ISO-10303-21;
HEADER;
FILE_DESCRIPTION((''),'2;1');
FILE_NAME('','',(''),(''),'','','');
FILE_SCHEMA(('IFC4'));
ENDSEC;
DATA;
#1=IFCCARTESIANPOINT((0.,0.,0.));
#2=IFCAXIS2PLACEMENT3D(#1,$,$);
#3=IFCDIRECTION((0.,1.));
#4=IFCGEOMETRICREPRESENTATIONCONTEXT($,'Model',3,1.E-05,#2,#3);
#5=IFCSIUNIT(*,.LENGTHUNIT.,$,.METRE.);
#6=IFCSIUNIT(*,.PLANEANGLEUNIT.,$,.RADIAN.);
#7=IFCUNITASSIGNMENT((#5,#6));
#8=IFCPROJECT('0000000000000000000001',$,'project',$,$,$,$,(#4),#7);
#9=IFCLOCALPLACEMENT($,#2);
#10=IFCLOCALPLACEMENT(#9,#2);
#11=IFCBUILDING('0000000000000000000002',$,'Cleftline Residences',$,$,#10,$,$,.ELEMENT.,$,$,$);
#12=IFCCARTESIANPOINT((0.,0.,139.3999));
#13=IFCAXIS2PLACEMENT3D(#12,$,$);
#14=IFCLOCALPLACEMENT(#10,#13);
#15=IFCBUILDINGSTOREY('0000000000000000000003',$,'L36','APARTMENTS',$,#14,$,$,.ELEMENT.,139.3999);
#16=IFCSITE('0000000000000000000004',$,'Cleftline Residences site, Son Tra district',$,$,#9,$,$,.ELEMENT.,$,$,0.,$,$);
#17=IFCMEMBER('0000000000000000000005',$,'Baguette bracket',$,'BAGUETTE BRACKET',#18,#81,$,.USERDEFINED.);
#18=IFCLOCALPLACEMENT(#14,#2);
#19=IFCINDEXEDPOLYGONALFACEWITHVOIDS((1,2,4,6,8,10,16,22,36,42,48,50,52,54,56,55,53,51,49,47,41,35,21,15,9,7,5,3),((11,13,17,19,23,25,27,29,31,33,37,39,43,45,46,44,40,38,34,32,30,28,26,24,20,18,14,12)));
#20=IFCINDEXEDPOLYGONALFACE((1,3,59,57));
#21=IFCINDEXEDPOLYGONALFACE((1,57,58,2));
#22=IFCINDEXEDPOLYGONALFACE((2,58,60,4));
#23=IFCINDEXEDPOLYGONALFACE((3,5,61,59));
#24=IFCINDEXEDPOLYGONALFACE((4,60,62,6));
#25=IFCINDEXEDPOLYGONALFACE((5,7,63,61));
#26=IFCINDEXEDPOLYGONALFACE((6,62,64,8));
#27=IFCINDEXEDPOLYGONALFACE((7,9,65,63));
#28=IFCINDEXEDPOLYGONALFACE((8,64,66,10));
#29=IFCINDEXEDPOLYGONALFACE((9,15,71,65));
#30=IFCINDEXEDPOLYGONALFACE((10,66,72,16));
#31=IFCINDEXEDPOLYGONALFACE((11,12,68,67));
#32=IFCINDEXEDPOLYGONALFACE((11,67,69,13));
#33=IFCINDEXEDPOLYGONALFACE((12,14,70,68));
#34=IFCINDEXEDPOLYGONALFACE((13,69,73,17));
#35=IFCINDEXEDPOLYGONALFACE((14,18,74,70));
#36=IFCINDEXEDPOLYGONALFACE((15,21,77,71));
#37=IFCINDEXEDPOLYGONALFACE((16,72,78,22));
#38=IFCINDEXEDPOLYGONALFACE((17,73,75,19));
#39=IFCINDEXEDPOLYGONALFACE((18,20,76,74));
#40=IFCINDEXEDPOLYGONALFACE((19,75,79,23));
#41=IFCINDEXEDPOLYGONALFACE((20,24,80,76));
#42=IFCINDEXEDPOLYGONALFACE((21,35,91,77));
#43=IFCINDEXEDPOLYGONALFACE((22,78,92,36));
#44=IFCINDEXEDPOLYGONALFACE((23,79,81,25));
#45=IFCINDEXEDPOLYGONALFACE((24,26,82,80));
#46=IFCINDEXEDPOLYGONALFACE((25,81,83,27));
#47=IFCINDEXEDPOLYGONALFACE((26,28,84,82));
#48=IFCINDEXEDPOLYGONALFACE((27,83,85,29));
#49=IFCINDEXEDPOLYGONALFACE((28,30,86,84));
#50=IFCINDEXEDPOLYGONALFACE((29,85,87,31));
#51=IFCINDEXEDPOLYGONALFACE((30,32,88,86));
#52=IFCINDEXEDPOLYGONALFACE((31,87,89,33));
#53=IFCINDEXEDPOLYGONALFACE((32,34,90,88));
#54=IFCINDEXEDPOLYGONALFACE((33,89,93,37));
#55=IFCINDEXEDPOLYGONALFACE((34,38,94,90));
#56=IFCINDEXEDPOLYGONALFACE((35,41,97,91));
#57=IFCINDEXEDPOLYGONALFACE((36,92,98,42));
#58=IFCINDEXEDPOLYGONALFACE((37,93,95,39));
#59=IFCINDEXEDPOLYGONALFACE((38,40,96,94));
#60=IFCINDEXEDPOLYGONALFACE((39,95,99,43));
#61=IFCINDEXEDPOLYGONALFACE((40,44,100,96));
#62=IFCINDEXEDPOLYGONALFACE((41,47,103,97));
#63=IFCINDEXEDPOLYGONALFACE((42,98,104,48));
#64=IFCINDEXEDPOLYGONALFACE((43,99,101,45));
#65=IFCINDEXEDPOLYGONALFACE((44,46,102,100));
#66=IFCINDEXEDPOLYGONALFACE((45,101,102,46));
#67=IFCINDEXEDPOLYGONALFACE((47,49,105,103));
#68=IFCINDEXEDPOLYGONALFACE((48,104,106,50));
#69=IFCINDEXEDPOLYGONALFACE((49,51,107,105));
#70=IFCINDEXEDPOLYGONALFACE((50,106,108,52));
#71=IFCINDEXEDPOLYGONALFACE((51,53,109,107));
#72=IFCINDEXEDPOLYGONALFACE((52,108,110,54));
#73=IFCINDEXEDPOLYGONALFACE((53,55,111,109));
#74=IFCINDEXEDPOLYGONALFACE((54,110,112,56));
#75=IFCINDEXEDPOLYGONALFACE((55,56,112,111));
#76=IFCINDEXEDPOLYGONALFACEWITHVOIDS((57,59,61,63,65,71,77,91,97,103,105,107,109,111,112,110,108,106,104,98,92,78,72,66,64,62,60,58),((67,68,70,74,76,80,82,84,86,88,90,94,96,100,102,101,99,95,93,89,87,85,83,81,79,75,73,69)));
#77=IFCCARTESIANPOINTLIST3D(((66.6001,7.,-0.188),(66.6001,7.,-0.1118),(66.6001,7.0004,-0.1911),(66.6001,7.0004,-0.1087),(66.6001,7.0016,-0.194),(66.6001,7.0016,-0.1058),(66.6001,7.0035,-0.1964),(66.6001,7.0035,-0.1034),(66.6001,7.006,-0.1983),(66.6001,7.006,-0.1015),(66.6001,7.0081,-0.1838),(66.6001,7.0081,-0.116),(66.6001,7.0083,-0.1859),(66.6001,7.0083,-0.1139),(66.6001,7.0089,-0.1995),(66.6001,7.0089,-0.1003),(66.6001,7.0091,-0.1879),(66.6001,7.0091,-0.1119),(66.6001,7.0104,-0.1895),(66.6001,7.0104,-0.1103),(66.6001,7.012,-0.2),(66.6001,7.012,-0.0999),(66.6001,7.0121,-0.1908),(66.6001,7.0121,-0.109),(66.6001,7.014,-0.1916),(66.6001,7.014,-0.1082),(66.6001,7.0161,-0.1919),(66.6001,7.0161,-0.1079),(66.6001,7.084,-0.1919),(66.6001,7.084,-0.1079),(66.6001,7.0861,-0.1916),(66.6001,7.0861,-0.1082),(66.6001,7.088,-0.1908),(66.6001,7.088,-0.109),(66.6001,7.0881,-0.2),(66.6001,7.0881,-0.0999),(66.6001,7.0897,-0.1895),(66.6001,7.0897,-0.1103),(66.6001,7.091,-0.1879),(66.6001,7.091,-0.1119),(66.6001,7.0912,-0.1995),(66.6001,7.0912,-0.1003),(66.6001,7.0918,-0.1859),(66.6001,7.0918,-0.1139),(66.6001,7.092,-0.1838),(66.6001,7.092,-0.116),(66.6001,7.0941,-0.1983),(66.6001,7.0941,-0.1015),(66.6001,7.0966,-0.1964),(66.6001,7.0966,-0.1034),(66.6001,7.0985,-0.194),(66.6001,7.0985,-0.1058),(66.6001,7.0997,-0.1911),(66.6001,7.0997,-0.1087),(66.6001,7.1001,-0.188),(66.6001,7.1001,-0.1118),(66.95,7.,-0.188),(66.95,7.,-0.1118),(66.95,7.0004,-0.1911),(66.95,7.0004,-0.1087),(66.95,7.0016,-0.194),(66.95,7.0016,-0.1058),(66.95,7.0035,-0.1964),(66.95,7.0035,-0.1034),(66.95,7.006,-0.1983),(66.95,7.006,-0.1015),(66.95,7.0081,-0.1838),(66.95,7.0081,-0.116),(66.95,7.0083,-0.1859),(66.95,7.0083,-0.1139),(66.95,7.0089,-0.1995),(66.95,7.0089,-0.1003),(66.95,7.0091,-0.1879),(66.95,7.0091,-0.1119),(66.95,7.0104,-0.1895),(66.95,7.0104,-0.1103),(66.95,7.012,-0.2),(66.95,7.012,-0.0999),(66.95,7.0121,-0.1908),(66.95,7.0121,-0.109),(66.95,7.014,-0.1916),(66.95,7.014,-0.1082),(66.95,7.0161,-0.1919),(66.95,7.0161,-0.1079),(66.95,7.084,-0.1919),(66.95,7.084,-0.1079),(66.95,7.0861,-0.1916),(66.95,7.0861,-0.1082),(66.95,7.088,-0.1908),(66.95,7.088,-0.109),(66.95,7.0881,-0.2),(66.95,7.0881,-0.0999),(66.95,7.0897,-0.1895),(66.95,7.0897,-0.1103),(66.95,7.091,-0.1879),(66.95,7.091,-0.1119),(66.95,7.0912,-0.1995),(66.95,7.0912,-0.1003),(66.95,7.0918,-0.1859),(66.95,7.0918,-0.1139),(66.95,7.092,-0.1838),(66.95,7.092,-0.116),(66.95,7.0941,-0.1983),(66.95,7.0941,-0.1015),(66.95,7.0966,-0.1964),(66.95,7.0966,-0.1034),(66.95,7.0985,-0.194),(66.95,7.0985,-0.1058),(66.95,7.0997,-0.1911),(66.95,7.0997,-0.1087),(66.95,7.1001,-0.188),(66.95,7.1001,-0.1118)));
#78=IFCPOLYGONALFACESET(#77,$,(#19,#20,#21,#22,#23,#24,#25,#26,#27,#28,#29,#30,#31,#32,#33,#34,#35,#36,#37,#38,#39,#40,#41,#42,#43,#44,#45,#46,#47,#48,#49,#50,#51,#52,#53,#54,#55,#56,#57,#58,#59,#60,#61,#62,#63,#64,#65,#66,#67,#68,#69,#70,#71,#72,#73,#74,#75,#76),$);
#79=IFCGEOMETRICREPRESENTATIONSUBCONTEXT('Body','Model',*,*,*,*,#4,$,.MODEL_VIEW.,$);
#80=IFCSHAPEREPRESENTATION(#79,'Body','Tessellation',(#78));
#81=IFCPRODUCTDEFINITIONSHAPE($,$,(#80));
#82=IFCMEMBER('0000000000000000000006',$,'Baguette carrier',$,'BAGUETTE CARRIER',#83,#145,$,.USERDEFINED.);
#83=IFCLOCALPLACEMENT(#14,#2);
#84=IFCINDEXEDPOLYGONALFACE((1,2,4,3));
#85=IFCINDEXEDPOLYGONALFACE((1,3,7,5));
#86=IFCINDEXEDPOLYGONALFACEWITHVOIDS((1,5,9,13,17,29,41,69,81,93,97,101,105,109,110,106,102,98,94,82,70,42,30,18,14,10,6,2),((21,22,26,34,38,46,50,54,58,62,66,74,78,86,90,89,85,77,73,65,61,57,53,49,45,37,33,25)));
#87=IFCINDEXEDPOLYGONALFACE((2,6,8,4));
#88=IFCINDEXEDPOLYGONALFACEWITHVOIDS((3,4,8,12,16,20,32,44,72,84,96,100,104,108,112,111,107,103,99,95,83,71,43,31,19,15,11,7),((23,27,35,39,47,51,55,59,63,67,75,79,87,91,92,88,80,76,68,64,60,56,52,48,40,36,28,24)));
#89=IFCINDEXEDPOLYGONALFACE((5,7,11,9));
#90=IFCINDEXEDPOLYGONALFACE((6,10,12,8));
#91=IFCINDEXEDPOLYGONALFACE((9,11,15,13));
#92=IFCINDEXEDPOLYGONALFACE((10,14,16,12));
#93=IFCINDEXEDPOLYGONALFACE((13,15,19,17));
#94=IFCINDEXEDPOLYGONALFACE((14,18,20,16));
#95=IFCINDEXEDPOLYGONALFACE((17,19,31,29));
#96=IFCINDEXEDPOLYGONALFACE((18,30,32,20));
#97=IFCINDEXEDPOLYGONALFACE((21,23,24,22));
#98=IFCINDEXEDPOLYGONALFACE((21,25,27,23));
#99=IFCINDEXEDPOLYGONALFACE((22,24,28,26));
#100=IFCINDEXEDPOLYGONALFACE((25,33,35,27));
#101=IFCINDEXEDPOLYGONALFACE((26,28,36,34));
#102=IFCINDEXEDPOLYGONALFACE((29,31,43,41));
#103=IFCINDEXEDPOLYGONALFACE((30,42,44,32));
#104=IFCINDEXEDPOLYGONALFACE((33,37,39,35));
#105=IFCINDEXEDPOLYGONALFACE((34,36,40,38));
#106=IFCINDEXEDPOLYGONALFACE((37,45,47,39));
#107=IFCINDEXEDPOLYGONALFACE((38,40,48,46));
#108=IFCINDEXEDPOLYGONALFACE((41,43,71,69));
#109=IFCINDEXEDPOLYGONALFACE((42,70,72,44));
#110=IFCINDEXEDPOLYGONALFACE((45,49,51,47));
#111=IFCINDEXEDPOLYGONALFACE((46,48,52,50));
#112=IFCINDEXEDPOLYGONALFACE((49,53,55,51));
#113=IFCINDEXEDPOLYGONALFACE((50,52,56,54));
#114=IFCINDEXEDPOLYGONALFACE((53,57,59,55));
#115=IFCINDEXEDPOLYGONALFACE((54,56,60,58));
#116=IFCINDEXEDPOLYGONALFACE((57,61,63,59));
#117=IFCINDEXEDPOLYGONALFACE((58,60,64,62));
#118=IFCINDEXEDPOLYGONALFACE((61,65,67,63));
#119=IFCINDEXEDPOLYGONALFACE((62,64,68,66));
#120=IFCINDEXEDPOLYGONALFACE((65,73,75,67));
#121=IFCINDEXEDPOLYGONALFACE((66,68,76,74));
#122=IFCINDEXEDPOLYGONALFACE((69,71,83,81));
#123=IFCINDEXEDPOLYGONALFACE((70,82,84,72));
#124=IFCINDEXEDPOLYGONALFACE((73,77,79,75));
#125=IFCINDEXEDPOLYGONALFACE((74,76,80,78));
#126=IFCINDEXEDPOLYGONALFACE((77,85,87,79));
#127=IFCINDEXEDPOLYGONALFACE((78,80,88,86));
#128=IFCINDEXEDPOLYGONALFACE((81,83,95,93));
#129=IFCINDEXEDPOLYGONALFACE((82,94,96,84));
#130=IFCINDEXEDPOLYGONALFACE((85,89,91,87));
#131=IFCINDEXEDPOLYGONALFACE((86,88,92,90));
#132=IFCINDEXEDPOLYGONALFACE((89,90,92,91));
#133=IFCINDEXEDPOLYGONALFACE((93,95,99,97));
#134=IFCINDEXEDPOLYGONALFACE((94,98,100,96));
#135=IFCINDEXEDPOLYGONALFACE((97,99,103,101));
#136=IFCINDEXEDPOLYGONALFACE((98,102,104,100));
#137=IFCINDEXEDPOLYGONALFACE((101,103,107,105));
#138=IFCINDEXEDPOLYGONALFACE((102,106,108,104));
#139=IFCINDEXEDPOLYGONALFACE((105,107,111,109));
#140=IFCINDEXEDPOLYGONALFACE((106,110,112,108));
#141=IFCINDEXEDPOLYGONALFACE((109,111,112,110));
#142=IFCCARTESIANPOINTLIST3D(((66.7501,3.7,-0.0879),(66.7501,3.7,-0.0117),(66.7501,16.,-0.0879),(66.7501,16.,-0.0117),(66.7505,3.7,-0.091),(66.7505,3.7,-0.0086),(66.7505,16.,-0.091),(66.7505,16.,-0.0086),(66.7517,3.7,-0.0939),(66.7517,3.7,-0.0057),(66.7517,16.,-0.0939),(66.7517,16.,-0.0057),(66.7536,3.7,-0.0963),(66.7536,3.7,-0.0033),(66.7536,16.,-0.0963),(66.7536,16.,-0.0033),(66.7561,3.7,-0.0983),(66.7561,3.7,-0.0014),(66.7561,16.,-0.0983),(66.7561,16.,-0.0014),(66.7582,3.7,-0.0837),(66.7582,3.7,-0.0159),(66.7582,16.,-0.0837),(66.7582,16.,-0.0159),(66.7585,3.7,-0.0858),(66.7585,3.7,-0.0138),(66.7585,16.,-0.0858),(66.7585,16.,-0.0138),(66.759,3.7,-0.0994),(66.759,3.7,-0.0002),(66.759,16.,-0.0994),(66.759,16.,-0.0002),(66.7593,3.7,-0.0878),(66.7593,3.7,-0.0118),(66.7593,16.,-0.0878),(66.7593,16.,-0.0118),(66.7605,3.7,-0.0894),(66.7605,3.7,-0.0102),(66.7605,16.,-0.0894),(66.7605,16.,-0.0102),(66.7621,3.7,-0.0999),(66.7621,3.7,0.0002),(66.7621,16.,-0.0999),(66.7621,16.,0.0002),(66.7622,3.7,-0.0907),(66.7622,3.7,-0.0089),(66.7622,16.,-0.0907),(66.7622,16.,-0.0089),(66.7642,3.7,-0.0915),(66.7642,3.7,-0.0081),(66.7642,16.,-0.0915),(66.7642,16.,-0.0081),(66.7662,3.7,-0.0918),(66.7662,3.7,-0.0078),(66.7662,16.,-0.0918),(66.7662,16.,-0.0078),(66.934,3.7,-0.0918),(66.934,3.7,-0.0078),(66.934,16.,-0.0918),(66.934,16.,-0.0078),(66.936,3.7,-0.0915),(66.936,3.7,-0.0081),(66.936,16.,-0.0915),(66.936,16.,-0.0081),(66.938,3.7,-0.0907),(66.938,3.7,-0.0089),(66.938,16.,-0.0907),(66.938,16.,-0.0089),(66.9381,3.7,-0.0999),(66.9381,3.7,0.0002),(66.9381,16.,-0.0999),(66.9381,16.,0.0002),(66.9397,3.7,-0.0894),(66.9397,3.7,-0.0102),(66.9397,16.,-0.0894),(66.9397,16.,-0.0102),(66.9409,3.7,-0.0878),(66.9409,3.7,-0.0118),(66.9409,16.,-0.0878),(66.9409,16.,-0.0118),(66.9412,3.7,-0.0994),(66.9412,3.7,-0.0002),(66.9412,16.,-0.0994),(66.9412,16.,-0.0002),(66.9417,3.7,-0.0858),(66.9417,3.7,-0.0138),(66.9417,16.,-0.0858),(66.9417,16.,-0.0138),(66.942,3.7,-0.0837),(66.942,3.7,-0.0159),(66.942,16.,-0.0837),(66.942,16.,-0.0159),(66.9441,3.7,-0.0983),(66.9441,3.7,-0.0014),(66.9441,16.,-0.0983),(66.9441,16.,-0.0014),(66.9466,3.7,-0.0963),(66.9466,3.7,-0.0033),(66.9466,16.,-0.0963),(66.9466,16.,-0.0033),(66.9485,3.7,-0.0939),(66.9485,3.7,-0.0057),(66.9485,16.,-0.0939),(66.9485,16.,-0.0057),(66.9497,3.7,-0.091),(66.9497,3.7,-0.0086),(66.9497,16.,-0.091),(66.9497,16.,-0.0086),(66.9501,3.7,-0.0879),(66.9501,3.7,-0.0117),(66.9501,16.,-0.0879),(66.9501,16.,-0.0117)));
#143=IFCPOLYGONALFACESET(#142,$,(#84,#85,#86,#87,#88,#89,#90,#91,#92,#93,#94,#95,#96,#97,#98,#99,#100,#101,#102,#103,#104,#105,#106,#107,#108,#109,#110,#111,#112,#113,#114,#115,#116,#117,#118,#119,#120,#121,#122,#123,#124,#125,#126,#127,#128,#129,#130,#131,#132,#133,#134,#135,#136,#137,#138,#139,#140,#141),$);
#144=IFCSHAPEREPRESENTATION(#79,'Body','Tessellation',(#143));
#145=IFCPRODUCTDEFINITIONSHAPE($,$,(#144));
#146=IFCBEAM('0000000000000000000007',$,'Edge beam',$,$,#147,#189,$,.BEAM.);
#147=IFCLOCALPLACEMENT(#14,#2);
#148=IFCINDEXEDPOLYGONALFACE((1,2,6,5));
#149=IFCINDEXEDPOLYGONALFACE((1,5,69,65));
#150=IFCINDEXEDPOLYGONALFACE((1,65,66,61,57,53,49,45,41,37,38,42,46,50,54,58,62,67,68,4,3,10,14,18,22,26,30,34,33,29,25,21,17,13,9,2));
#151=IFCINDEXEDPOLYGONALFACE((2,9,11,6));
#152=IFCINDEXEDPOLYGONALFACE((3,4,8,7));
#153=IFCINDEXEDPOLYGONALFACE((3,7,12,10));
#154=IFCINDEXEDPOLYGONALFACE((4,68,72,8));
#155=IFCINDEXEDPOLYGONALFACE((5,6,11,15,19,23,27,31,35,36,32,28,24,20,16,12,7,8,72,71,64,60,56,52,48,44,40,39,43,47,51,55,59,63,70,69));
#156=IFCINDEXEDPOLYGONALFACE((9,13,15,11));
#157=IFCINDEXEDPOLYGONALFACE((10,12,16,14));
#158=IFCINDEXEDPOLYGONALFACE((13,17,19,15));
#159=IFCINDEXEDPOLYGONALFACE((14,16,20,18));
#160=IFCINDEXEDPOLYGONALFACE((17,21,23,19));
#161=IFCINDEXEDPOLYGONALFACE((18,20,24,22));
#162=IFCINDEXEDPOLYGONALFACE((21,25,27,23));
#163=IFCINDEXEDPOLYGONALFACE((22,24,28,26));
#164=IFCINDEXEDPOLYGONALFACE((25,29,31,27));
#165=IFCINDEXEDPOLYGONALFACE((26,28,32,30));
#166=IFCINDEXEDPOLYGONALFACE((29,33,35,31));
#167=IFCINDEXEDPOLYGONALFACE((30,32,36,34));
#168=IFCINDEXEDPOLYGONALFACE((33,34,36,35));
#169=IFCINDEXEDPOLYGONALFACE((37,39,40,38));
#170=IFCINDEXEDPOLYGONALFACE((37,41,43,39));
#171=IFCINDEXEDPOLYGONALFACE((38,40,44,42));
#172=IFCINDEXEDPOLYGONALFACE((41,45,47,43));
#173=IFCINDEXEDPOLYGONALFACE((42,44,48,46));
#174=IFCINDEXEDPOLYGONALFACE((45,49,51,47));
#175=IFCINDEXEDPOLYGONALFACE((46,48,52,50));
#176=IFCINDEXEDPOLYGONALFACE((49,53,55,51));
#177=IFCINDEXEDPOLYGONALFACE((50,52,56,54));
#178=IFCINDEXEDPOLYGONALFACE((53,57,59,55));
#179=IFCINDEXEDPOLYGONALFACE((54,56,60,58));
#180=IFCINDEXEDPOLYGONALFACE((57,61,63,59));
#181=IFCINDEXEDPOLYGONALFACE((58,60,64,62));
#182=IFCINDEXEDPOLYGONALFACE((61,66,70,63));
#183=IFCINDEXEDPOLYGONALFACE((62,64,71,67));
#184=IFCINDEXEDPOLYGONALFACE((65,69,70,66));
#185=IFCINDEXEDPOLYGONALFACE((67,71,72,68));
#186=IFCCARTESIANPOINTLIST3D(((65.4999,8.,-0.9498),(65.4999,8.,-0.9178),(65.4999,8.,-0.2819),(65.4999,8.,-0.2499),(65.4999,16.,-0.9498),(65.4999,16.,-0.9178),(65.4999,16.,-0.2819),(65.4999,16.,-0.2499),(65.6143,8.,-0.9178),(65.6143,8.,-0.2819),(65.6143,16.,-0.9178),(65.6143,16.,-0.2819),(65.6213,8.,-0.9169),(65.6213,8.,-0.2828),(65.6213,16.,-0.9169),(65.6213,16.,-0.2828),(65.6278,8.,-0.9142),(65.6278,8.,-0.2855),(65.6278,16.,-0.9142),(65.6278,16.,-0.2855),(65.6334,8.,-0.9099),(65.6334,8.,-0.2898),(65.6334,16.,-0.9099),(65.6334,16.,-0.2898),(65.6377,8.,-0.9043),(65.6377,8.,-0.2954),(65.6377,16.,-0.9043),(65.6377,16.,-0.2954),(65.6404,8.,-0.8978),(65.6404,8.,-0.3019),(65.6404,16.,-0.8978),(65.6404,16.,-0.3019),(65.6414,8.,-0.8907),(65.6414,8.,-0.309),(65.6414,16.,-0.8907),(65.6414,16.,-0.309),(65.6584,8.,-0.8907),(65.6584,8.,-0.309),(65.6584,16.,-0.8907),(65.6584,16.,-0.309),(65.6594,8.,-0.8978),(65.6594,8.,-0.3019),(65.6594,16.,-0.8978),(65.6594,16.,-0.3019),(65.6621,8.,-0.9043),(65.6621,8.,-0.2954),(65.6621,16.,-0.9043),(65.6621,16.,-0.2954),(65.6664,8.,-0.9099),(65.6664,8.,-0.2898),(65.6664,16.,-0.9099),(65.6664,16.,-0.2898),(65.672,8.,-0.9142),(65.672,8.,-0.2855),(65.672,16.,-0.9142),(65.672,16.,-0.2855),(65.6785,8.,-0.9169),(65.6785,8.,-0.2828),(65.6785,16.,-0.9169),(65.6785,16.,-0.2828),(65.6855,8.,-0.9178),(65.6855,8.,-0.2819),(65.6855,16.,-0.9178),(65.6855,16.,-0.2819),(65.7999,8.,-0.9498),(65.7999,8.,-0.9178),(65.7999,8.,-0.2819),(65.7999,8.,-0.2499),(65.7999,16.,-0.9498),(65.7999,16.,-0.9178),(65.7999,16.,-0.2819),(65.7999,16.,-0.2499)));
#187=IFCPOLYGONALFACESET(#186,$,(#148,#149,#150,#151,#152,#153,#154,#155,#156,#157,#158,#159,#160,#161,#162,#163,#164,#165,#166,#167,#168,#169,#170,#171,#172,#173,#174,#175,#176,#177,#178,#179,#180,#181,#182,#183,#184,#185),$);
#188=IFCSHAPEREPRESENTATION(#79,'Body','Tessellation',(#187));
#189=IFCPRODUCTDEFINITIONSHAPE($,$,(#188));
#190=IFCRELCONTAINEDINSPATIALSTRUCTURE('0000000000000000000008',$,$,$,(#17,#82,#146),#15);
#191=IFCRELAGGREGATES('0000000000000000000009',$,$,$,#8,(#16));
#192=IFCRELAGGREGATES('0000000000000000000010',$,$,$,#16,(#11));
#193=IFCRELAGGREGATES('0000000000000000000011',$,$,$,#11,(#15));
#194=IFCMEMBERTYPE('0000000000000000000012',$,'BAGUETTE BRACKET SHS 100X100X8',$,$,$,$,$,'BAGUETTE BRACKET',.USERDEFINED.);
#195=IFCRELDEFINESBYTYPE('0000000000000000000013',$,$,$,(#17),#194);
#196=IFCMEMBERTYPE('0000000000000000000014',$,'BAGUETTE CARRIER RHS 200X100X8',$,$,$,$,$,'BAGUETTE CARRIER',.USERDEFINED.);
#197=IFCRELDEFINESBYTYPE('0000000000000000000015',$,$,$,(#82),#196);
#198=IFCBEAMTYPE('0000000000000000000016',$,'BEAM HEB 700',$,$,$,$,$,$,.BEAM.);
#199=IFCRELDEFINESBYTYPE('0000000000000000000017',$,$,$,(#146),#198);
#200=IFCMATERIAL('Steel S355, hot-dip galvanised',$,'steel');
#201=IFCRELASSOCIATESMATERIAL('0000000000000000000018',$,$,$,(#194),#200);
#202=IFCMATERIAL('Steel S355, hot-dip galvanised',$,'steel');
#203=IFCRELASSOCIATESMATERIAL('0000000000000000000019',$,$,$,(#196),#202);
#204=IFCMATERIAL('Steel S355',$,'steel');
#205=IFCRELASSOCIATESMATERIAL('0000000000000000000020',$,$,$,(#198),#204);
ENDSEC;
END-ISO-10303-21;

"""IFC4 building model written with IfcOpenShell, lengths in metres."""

from ifc_helpers import new_model, si_unit, direction, frame, origin, origin_2d, place, context, subcontext, project, spatial, hollow_rectangle, i_section, extrude, material, material_profile, profile_set, type_object, element, save


model = new_model("IFC4")

# Units and contexts
model_context = context("Model", 3, precision=1e-05, world=origin(), true_north=direction((0.0, 1.0)))
body_context = subcontext(model_context, "Body", "Model", "MODEL_VIEW")
ifc_project = project(units=[si_unit("LENGTHUNIT", "METRE"), si_unit("PLANEANGLEUNIT", "RADIAN")], contexts=[model_context])

# Site, building, storey
site_placement = place(None, origin())
site = spatial("IfcSite", under=ifc_project, at=site_placement, Name="Cleftline Residences site, Son Tra district", CompositionType="ELEMENT", RefElevation=0.0)
building_placement = place(site_placement, origin())
building = spatial("IfcBuilding", under=site, at=building_placement, Name="Cleftline Residences", CompositionType="ELEMENT")
storey_placement = place(building_placement, frame((0.0, 0.0, 139.3999)))
storey = spatial("IfcBuildingStorey", under=building, at=storey_placement, Name="L36", Description="APARTMENTS", CompositionType="ELEMENT", Elevation=139.3999)

# Members
ifc_material_1 = material(Name="Steel S355, hot-dip galvanised", Category="steel")
ifc_material_profile_1 = material_profile(ifc_material_1, hollow_rectangle(XDim=0.1001, YDim=0.1001, WallThickness=0.0081, InnerFilletRadius=0.0081, OuterFilletRadius=0.012, at=origin_2d()))
ifc_profile_set_1 = profile_set([ifc_material_profile_1], Name="Steel S355, hot-dip galvanised")
member_type_1 = type_object("IfcMemberType", Name="BAGUETTE BRACKET SHS 100X100X8", ElementType="BAGUETTE BRACKET", PredefinedType="USERDEFINED", material=ifc_profile_set_1)
member_1_placement = place(storey_placement, frame((66.6001, 7.05, -0.1499), z_axis=(1.0, 0.0, 0.0), x_axis=(0.0, 1.0, 0.0)))
element("IfcMember", 1, at=member_1_placement, inside=storey, type_object=member_type_1, Name="Baguette bracket", ObjectType="BAGUETTE BRACKET", PredefinedType="USERDEFINED", context=body_context, shape_type="SweptSolid", body=[
    extrude(hollow_rectangle(XDim=0.1001, YDim=0.1001, WallThickness=0.0081, InnerFilletRadius=0.0081, OuterFilletRadius=0.012, at=origin_2d()), origin(), (0.0, 0.0, 1.0), 0.3499),
])
ifc_material_2 = material(Name="Steel S355, hot-dip galvanised", Category="steel")
ifc_material_profile_2 = material_profile(ifc_material_2, hollow_rectangle(XDim=0.1001, YDim=0.2, WallThickness=0.0081, InnerFilletRadius=0.0081, OuterFilletRadius=0.012, at=origin_2d()))
ifc_profile_set_2 = profile_set([ifc_material_profile_2], Name="Steel S355, hot-dip galvanised")
member_type_2 = type_object("IfcMemberType", Name="BAGUETTE CARRIER RHS 200X100X8", ElementType="BAGUETTE CARRIER", PredefinedType="USERDEFINED", material=ifc_profile_set_2)
member_2_placement = place(storey_placement, frame((66.8501, 3.7, -0.0498), z_axis=(0.0, 1.0, 0.0), x_axis=(0.0, 0.0, 1.0)))
element("IfcMember", 2, at=member_2_placement, inside=storey, type_object=member_type_2, Name="Baguette carrier", ObjectType="BAGUETTE CARRIER", PredefinedType="USERDEFINED", context=body_context, shape_type="SweptSolid", body=[
    extrude(hollow_rectangle(XDim=0.1001, YDim=0.2, WallThickness=0.0081, InnerFilletRadius=0.0081, OuterFilletRadius=0.012, at=origin_2d()), origin(), (0.0, 0.0, 1.0), 12.3),
])

# Beam
ifc_material_3 = material(Name="Steel S355", Category="steel")
ifc_material_profile_3 = material_profile(ifc_material_3, i_section(OverallWidth=0.3, OverallDepth=0.7, WebThickness=0.0171, FlangeThickness=0.032, FilletRadius=0.0271, at=origin_2d()))
ifc_profile_set_3 = profile_set([ifc_material_profile_3], Name="Steel S355")
beam_type = type_object("IfcBeamType", Name="BEAM HEB 700", PredefinedType="BEAM", material=ifc_profile_set_3)
beam_placement = place(storey_placement, frame((65.6499, 8.0, -0.5999), z_axis=(0.0, 1.0, 0.0), x_axis=(-1.0, 0.0, 0.0)))
element("IfcBeam", 3, at=beam_placement, inside=storey, type_object=beam_type, Name="Edge beam", PredefinedType="BEAM", context=body_context, shape_type="SweptSolid", body=[
    extrude(i_section(OverallWidth=0.3, OverallDepth=0.7, WebThickness=0.0171, FlangeThickness=0.032, FilletRadius=0.0271, at=origin_2d()), origin(), (0.0, 0.0, 1.0), 8.0),
])

save(model, "model.ifc")
